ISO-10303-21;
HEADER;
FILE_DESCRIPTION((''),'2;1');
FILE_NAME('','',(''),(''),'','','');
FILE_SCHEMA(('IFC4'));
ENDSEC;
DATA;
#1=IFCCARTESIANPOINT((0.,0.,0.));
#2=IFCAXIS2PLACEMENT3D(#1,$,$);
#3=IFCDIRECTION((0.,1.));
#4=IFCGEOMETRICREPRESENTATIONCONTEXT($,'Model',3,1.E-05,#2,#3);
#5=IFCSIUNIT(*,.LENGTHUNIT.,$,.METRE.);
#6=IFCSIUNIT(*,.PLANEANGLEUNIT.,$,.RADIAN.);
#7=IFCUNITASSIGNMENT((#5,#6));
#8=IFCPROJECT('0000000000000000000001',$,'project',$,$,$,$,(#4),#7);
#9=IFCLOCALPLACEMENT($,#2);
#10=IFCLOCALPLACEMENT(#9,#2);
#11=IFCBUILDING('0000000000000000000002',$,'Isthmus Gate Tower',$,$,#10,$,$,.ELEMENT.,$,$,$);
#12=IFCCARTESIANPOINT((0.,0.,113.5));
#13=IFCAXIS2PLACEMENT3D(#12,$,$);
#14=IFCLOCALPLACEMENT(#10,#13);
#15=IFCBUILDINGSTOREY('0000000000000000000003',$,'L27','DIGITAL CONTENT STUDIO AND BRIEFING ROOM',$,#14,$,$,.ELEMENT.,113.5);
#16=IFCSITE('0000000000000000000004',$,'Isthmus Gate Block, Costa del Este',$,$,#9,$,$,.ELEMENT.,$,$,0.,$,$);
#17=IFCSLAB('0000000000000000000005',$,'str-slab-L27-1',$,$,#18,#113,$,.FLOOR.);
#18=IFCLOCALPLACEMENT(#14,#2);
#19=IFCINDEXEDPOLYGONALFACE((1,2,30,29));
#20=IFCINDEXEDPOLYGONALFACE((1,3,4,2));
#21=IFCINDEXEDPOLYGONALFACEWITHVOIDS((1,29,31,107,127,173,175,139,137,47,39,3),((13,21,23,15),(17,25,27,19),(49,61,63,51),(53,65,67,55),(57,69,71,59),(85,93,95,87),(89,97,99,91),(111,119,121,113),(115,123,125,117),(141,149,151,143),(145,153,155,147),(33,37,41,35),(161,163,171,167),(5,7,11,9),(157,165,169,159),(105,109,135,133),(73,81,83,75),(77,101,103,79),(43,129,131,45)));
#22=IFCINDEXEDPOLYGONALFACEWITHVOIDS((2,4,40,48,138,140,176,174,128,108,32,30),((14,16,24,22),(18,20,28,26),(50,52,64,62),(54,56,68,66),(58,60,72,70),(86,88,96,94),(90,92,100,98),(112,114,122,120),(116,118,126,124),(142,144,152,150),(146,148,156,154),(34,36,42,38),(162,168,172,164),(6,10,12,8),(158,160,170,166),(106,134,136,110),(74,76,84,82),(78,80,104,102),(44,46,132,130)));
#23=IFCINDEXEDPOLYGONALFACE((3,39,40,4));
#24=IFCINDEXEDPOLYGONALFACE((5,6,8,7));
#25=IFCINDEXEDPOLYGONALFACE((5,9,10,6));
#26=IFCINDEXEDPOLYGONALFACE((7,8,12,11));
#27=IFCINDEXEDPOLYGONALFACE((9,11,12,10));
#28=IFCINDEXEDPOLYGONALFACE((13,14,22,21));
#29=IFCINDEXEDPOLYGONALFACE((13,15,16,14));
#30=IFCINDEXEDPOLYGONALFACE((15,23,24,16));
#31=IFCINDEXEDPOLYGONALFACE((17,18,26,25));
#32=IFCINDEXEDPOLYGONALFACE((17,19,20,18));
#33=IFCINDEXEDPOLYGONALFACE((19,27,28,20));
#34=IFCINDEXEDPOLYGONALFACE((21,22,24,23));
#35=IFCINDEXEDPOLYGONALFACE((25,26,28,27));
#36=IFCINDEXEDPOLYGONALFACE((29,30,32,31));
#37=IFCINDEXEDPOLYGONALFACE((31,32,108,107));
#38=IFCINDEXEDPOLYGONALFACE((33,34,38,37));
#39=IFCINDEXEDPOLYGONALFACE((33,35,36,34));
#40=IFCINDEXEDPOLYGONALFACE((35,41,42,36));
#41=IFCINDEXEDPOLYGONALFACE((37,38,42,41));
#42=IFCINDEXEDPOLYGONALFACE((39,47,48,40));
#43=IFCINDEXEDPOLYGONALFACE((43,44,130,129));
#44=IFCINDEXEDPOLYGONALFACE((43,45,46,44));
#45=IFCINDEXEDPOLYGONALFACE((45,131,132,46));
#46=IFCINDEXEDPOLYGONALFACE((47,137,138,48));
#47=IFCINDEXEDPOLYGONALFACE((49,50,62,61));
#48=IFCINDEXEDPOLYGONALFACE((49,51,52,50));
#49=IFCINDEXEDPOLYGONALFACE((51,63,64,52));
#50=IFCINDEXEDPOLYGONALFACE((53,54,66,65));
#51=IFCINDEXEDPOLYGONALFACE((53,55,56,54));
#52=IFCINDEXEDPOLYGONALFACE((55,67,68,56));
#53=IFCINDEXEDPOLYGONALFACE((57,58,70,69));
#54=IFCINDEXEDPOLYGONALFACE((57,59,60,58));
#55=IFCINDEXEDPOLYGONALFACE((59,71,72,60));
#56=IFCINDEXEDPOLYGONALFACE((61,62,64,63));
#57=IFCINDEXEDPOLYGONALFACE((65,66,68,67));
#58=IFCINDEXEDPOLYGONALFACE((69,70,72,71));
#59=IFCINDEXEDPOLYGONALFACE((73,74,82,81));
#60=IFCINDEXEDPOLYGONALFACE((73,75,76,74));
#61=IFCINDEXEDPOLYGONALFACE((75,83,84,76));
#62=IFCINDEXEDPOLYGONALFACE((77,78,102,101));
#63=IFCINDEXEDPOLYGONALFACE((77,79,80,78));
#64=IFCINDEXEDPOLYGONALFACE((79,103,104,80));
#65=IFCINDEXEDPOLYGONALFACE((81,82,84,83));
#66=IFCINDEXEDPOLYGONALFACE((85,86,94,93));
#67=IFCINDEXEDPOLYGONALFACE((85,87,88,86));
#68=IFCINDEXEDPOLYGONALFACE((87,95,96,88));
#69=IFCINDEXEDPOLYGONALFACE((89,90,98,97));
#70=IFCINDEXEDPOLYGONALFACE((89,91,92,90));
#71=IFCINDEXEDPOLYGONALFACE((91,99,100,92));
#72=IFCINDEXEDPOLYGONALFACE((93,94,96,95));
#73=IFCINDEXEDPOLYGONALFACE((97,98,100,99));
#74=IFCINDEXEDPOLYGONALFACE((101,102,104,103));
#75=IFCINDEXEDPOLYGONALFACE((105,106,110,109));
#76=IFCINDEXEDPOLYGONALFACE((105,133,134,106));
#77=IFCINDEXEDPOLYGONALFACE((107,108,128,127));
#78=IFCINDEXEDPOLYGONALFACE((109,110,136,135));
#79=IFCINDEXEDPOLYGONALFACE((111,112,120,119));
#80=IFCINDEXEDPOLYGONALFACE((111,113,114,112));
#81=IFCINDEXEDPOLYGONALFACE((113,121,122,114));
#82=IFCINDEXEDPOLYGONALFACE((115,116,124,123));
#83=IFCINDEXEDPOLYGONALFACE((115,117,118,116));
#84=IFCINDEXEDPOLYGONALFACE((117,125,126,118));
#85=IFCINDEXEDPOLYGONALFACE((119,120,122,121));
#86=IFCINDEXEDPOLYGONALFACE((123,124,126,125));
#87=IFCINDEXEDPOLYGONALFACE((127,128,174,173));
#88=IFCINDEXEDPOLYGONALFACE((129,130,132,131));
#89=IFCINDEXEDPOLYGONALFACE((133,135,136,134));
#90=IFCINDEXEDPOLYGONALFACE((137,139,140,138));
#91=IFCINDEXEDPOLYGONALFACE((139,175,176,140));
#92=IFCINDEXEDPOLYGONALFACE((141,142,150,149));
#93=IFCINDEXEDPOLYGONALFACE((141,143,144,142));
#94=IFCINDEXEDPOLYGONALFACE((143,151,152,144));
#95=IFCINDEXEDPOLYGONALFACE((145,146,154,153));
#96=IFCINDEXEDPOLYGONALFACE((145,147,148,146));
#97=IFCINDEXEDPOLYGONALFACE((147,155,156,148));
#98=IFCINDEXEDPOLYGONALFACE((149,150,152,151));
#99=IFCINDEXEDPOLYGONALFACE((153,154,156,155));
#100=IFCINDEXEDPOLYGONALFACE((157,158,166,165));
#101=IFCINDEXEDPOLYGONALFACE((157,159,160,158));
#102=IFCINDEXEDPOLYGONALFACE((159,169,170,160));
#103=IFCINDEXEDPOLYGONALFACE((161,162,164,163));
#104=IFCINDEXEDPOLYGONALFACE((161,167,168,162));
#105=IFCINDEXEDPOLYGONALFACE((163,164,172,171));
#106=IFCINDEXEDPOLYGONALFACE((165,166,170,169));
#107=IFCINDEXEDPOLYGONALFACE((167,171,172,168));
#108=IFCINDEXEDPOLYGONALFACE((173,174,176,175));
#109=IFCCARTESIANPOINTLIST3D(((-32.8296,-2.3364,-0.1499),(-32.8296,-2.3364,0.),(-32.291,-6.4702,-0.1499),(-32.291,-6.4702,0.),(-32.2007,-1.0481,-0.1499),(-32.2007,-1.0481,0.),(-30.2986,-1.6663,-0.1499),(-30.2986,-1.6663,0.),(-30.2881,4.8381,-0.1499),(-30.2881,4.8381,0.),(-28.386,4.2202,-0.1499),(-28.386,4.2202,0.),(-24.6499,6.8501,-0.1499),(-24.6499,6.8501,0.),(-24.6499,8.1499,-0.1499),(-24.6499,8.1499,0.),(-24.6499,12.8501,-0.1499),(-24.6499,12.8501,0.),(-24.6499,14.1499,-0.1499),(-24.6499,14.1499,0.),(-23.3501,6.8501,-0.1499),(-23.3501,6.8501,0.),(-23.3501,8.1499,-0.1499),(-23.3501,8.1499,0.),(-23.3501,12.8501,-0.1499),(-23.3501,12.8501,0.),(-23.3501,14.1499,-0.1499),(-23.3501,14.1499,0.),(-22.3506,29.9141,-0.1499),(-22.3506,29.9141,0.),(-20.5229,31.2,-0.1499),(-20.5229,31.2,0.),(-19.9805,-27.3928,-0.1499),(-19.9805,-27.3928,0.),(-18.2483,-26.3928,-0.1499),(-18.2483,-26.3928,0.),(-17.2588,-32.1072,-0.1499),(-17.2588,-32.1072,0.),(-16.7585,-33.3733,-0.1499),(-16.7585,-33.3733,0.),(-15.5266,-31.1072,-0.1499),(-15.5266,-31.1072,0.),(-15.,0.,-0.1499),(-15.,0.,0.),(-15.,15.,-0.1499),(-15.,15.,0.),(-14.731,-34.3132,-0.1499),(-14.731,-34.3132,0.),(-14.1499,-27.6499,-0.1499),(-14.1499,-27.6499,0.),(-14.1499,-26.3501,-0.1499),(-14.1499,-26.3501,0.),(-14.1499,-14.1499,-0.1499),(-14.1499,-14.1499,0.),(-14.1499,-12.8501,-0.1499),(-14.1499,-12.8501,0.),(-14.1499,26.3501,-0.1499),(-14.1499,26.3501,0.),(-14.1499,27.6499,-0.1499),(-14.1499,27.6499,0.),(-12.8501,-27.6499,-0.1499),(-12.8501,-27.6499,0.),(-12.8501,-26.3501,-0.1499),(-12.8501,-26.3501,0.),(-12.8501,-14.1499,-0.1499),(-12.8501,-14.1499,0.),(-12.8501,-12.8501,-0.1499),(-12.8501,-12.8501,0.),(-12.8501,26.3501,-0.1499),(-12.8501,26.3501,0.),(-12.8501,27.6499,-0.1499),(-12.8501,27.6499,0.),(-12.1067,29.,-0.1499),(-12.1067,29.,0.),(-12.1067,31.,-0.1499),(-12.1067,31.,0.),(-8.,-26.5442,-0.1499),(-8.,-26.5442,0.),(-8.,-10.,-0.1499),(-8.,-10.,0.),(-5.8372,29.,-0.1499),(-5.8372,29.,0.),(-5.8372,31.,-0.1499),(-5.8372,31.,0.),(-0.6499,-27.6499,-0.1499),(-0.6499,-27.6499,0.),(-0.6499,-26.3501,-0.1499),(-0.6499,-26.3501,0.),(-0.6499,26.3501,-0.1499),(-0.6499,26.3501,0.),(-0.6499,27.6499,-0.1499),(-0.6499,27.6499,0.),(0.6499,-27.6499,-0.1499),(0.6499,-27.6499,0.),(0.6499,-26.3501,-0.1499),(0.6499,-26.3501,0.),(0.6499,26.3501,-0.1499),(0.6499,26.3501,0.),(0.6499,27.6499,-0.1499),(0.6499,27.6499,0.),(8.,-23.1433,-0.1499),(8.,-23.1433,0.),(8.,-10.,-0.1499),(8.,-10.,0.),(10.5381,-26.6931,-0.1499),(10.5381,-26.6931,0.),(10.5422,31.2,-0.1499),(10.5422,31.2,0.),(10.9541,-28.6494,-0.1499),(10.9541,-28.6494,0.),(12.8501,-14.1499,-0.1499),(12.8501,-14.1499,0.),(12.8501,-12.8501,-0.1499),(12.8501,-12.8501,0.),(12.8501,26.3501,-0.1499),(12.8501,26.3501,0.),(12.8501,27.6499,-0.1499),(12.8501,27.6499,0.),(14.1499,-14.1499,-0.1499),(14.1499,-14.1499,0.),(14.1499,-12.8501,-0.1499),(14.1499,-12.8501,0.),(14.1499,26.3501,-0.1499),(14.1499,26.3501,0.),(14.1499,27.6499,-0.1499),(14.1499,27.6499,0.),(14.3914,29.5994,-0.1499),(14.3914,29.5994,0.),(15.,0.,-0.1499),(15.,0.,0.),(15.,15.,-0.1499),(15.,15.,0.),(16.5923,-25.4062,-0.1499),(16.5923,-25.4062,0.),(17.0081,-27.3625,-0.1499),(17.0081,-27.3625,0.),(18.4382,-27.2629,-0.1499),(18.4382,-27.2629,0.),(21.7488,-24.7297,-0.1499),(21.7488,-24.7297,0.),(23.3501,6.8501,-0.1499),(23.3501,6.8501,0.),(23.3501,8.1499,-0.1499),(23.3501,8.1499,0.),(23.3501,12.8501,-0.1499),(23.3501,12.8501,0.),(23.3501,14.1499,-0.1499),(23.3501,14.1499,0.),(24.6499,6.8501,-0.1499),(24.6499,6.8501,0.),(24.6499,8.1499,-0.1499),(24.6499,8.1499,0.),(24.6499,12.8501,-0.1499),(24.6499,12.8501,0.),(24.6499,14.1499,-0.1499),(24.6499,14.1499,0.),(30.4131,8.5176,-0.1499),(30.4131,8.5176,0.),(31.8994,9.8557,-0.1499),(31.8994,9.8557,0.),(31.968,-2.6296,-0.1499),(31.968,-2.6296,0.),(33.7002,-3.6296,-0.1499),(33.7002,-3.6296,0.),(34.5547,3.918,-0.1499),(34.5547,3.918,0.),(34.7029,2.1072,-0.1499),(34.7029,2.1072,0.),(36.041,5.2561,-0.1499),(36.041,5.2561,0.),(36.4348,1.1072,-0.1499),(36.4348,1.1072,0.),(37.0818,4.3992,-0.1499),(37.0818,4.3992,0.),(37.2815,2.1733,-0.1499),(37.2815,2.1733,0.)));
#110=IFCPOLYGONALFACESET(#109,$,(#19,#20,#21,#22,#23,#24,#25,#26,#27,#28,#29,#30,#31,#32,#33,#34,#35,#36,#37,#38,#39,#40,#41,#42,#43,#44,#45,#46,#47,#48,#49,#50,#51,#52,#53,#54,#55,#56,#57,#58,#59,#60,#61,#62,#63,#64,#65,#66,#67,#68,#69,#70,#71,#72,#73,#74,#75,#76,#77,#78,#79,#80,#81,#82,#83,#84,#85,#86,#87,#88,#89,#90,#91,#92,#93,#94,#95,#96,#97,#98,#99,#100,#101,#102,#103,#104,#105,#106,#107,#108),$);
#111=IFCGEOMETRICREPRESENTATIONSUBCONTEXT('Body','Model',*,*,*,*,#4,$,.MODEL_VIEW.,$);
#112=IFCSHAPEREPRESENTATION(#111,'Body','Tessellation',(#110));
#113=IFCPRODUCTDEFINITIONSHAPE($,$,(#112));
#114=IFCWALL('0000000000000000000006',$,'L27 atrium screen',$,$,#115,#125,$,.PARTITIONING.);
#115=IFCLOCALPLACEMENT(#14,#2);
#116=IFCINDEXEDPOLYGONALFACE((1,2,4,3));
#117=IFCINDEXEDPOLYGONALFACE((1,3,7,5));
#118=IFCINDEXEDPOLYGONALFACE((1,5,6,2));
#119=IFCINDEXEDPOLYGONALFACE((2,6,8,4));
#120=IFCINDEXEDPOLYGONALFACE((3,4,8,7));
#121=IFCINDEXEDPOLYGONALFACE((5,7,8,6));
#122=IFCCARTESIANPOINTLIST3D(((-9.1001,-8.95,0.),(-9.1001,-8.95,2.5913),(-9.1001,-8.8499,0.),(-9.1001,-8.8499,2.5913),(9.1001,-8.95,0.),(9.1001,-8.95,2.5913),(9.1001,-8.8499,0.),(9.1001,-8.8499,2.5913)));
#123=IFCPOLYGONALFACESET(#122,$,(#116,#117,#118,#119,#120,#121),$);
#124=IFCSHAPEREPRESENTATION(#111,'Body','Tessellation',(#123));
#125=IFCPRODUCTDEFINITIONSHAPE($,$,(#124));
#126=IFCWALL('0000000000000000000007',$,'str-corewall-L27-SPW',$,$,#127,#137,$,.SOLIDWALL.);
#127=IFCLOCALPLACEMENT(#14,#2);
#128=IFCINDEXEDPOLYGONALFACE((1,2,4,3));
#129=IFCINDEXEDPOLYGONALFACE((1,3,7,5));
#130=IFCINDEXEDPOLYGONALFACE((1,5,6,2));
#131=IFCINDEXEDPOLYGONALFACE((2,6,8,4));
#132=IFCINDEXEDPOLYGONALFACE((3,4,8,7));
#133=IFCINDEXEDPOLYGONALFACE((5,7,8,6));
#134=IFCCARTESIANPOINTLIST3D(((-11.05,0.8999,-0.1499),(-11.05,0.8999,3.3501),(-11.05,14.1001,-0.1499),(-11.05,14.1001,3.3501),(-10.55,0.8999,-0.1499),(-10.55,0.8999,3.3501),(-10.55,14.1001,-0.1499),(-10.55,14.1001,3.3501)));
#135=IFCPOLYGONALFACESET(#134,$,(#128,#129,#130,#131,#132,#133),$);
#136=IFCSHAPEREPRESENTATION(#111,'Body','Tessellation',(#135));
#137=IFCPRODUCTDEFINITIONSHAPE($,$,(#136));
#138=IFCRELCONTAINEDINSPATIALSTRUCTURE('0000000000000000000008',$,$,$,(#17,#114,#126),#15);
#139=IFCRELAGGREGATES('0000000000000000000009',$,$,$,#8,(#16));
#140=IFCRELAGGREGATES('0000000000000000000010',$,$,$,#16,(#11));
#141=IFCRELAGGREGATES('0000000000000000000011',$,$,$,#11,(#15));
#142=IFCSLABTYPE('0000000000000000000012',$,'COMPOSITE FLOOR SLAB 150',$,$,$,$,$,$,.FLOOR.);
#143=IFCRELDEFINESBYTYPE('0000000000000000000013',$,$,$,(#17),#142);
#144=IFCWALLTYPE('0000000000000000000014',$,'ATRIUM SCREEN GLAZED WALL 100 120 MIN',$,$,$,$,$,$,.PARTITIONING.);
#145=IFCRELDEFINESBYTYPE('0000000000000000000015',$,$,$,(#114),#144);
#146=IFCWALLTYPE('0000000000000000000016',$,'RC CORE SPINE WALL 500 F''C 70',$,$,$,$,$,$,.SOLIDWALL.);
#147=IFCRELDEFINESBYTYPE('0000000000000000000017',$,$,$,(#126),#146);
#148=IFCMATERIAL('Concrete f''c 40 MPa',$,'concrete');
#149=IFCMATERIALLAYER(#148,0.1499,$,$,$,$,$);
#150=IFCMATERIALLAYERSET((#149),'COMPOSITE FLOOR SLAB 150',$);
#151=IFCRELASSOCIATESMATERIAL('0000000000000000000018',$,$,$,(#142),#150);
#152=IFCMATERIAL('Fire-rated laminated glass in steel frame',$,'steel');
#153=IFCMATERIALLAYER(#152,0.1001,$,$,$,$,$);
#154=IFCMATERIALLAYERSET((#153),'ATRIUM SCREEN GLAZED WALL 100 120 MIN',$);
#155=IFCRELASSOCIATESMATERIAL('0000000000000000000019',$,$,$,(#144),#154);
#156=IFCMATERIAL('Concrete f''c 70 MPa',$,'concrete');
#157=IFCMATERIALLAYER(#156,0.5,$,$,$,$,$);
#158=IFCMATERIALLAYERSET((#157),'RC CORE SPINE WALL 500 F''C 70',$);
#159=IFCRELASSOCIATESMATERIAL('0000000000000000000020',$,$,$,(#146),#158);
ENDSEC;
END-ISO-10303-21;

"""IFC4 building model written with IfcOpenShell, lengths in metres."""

from ifc_helpers import new_model, si_unit, direction, frame, frame_2d, origin, place, context, subcontext, project, spatial, polyline, rectangle, outline, extrude, material, layer, layer_set, type_object, element, save


model = new_model("IFC4")

# Units and contexts
model_context = context("Model", 3, precision=1e-05, world=origin(), true_north=direction((0.0, 1.0)))
body_context = subcontext(model_context, "Body", "Model", "MODEL_VIEW")
ifc_project = project(units=[si_unit("LENGTHUNIT", "METRE"), si_unit("PLANEANGLEUNIT", "RADIAN")], contexts=[model_context])

# Site, building, storey
site_placement = place(None, origin())
site = spatial("IfcSite", under=ifc_project, at=site_placement, Name="Isthmus Gate Block, Costa del Este", CompositionType="ELEMENT", RefElevation=0.0)
building_placement = place(site_placement, origin())
building = spatial("IfcBuilding", under=site, at=building_placement, Name="Isthmus Gate Tower", CompositionType="ELEMENT")
storey_placement = place(building_placement, frame((0.0, 0.0, 113.5)))
storey = spatial("IfcBuildingStorey", under=building, at=storey_placement, Name="L27", Description="DIGITAL CONTENT STUDIO AND BRIEFING ROOM", CompositionType="ELEMENT", Elevation=113.5)

# Slab
ifc_material_1 = material(Name="Concrete f'c 40 MPa", Category="concrete")
ifc_layer_1 = layer(ifc_material_1, 0.1499)
ifc_layer_set_1 = layer_set([ifc_layer_1], Name="COMPOSITE FLOOR SLAB 150")
slab_type = type_object("IfcSlabType", Name="COMPOSITE FLOOR SLAB 150", PredefinedType="FLOOR", material=ifc_layer_set_1)
slab_placement = place(storey_placement, frame((0.0, 0.0, -0.1499)))
element("IfcSlab", 1, at=slab_placement, inside=storey, type_object=slab_type, Name="str-slab-L27-1", PredefinedType="FLOOR", context=body_context, shape_type="SweptSolid", body=[
    extrude(outline(polyline([(14.3914, 29.5994), (37.0818, 4.3992), (37.2815, 2.1733), (21.7488, -24.7297), (18.4382, -27.2629), (-14.731, -34.3132), (-16.7585, -33.3733), (-32.291, -6.4702), (-32.8296, -2.3364), (-22.3506, 29.9141), (-20.5229, 31.2), (10.5422, 31.2), (14.3914, 29.5994)]), holes=[polyline([(-17.2588, -32.1072), (-15.5266, -31.1072), (-18.2483, -26.3928), (-19.9805, -27.3928), (-17.2588, -32.1072)]), polyline([(-14.1499, -26.3501), (-14.1499, -27.6499), (-12.8501, -27.6499), (-12.8501, -26.3501), (-14.1499, -26.3501)]), polyline([(-0.6499, -26.3501), (-0.6499, -27.6499), (0.6499, -27.6499), (0.6499, -26.3501), (-0.6499, -26.3501)]), polyline([(8.0, -23.1433), (8.0, -10.0), (-8.0, -10.0), (-8.0, -26.5442), (8.0, -23.1433)]), polyline([(-14.1499, -12.8501), (-14.1499, -14.1499), (-12.8501, -14.1499), (-12.8501, -12.8501), (-14.1499, -12.8501)]), polyline([(-32.2007, -1.0481), (-30.2986, -1.6663), (-28.386, 4.2202), (-30.2881, 4.8381), (-32.2007, -1.0481)]), polyline([(-23.3501, 8.1499), (-24.6499, 8.1499), (-24.6499, 6.8501), (-23.3501, 6.8501), (-23.3501, 8.1499)]), polyline([(-23.3501, 12.8501), (-23.3501, 14.1499), (-24.6499, 14.1499), (-24.6499, 12.8501), (-23.3501, 12.8501)]), polyline([(-12.8501, 27.6499), (-14.1499, 27.6499), (-14.1499, 26.3501), (-12.8501, 26.3501), (-12.8501, 27.6499)]), polyline([(-12.1067, 31.0), (-12.1067, 29.0), (-5.8372, 29.0), (-5.8372, 31.0), (-12.1067, 31.0)]), polyline([(17.0081, -27.3625), (16.5923, -25.4062), (10.5381, -26.6931), (10.9541, -28.6494), (17.0081, -27.3625)]), polyline([(14.1499, -12.8501), (12.8501, -12.8501), (12.8501, -14.1499), (14.1499, -14.1499), (14.1499, -12.8501)]), polyline([(33.7002, -3.6296), (36.4348, 1.1072), (34.7029, 2.1072), (31.968, -2.6296), (33.7002, -3.6296)]), polyline([(36.041, 5.2561), (31.8994, 9.8557), (30.4131, 8.5176), (34.5547, 3.918), (36.041, 5.2561)]), polyline([(15.0, 15.0), (-15.0, 15.0), (-15.0, 0.0), (15.0, 0.0), (15.0, 15.0)]), polyline([(24.6499, 8.1499), (23.3501, 8.1499), (23.3501, 6.8501), (24.6499, 6.8501), (24.6499, 8.1499)]), polyline([(23.3501, 14.1499), (23.3501, 12.8501), (24.6499, 12.8501), (24.6499, 14.1499), (23.3501, 14.1499)]), polyline([(0.6499, 26.3501), (0.6499, 27.6499), (-0.6499, 27.6499), (-0.6499, 26.3501), (0.6499, 26.3501)]), polyline([(14.1499, 26.3501), (14.1499, 27.6499), (12.8501, 27.6499), (12.8501, 26.3501), (14.1499, 26.3501)])]), origin(), (0.0, 0.0, 1.0), 0.1499),
])

# Walls
ifc_material_2 = material(Name="Fire-rated laminated glass in steel frame", Category="steel")
ifc_layer_2 = layer(ifc_material_2, 0.1001)
ifc_layer_set_2 = layer_set([ifc_layer_2], Name="ATRIUM SCREEN GLAZED WALL 100 120 MIN")
wall_type_1 = type_object("IfcWallType", Name="ATRIUM SCREEN GLAZED WALL 100 120 MIN", PredefinedType="PARTITIONING", material=ifc_layer_set_2)
wall_1_placement = place(storey_placement, frame((-9.1001, -8.8999, 0.0), z_axis=(0.0, 0.0, 1.0), x_axis=(1.0, 0.0, 0.0)))
element("IfcWall", 2, at=wall_1_placement, inside=storey, type_object=wall_type_1, Name="L27 atrium screen", PredefinedType="PARTITIONING", context=body_context, shape_type="SweptSolid", body=[
    extrude(rectangle(XDim=18.2002, YDim=0.1001, at=frame_2d((9.1001, 0.0))), origin(), (0.0, 0.0, 1.0), 2.5913),
])
ifc_material_3 = material(Name="Concrete f'c 70 MPa", Category="concrete")
ifc_layer_3 = layer(ifc_material_3, 0.5)
ifc_layer_set_3 = layer_set([ifc_layer_3], Name="RC CORE SPINE WALL 500 F'C 70")
wall_type_2 = type_object("IfcWallType", Name="RC CORE SPINE WALL 500 F'C 70", PredefinedType="SOLIDWALL", material=ifc_layer_set_3)
wall_2_placement = place(storey_placement, frame((-10.8, 0.8999, -0.1499), z_axis=(0.0, 0.0, 1.0), x_axis=(0.0, 1.0, 0.0)))
element("IfcWall", 3, at=wall_2_placement, inside=storey, type_object=wall_type_2, Name="str-corewall-L27-SPW", PredefinedType="SOLIDWALL", context=body_context, shape_type="SweptSolid", body=[
    extrude(rectangle(XDim=13.2002, YDim=0.5, at=frame_2d((6.6001, 0.0))), origin(), (0.0, 0.0, 1.0), 3.5),
])

save(model, "model.ifc")
